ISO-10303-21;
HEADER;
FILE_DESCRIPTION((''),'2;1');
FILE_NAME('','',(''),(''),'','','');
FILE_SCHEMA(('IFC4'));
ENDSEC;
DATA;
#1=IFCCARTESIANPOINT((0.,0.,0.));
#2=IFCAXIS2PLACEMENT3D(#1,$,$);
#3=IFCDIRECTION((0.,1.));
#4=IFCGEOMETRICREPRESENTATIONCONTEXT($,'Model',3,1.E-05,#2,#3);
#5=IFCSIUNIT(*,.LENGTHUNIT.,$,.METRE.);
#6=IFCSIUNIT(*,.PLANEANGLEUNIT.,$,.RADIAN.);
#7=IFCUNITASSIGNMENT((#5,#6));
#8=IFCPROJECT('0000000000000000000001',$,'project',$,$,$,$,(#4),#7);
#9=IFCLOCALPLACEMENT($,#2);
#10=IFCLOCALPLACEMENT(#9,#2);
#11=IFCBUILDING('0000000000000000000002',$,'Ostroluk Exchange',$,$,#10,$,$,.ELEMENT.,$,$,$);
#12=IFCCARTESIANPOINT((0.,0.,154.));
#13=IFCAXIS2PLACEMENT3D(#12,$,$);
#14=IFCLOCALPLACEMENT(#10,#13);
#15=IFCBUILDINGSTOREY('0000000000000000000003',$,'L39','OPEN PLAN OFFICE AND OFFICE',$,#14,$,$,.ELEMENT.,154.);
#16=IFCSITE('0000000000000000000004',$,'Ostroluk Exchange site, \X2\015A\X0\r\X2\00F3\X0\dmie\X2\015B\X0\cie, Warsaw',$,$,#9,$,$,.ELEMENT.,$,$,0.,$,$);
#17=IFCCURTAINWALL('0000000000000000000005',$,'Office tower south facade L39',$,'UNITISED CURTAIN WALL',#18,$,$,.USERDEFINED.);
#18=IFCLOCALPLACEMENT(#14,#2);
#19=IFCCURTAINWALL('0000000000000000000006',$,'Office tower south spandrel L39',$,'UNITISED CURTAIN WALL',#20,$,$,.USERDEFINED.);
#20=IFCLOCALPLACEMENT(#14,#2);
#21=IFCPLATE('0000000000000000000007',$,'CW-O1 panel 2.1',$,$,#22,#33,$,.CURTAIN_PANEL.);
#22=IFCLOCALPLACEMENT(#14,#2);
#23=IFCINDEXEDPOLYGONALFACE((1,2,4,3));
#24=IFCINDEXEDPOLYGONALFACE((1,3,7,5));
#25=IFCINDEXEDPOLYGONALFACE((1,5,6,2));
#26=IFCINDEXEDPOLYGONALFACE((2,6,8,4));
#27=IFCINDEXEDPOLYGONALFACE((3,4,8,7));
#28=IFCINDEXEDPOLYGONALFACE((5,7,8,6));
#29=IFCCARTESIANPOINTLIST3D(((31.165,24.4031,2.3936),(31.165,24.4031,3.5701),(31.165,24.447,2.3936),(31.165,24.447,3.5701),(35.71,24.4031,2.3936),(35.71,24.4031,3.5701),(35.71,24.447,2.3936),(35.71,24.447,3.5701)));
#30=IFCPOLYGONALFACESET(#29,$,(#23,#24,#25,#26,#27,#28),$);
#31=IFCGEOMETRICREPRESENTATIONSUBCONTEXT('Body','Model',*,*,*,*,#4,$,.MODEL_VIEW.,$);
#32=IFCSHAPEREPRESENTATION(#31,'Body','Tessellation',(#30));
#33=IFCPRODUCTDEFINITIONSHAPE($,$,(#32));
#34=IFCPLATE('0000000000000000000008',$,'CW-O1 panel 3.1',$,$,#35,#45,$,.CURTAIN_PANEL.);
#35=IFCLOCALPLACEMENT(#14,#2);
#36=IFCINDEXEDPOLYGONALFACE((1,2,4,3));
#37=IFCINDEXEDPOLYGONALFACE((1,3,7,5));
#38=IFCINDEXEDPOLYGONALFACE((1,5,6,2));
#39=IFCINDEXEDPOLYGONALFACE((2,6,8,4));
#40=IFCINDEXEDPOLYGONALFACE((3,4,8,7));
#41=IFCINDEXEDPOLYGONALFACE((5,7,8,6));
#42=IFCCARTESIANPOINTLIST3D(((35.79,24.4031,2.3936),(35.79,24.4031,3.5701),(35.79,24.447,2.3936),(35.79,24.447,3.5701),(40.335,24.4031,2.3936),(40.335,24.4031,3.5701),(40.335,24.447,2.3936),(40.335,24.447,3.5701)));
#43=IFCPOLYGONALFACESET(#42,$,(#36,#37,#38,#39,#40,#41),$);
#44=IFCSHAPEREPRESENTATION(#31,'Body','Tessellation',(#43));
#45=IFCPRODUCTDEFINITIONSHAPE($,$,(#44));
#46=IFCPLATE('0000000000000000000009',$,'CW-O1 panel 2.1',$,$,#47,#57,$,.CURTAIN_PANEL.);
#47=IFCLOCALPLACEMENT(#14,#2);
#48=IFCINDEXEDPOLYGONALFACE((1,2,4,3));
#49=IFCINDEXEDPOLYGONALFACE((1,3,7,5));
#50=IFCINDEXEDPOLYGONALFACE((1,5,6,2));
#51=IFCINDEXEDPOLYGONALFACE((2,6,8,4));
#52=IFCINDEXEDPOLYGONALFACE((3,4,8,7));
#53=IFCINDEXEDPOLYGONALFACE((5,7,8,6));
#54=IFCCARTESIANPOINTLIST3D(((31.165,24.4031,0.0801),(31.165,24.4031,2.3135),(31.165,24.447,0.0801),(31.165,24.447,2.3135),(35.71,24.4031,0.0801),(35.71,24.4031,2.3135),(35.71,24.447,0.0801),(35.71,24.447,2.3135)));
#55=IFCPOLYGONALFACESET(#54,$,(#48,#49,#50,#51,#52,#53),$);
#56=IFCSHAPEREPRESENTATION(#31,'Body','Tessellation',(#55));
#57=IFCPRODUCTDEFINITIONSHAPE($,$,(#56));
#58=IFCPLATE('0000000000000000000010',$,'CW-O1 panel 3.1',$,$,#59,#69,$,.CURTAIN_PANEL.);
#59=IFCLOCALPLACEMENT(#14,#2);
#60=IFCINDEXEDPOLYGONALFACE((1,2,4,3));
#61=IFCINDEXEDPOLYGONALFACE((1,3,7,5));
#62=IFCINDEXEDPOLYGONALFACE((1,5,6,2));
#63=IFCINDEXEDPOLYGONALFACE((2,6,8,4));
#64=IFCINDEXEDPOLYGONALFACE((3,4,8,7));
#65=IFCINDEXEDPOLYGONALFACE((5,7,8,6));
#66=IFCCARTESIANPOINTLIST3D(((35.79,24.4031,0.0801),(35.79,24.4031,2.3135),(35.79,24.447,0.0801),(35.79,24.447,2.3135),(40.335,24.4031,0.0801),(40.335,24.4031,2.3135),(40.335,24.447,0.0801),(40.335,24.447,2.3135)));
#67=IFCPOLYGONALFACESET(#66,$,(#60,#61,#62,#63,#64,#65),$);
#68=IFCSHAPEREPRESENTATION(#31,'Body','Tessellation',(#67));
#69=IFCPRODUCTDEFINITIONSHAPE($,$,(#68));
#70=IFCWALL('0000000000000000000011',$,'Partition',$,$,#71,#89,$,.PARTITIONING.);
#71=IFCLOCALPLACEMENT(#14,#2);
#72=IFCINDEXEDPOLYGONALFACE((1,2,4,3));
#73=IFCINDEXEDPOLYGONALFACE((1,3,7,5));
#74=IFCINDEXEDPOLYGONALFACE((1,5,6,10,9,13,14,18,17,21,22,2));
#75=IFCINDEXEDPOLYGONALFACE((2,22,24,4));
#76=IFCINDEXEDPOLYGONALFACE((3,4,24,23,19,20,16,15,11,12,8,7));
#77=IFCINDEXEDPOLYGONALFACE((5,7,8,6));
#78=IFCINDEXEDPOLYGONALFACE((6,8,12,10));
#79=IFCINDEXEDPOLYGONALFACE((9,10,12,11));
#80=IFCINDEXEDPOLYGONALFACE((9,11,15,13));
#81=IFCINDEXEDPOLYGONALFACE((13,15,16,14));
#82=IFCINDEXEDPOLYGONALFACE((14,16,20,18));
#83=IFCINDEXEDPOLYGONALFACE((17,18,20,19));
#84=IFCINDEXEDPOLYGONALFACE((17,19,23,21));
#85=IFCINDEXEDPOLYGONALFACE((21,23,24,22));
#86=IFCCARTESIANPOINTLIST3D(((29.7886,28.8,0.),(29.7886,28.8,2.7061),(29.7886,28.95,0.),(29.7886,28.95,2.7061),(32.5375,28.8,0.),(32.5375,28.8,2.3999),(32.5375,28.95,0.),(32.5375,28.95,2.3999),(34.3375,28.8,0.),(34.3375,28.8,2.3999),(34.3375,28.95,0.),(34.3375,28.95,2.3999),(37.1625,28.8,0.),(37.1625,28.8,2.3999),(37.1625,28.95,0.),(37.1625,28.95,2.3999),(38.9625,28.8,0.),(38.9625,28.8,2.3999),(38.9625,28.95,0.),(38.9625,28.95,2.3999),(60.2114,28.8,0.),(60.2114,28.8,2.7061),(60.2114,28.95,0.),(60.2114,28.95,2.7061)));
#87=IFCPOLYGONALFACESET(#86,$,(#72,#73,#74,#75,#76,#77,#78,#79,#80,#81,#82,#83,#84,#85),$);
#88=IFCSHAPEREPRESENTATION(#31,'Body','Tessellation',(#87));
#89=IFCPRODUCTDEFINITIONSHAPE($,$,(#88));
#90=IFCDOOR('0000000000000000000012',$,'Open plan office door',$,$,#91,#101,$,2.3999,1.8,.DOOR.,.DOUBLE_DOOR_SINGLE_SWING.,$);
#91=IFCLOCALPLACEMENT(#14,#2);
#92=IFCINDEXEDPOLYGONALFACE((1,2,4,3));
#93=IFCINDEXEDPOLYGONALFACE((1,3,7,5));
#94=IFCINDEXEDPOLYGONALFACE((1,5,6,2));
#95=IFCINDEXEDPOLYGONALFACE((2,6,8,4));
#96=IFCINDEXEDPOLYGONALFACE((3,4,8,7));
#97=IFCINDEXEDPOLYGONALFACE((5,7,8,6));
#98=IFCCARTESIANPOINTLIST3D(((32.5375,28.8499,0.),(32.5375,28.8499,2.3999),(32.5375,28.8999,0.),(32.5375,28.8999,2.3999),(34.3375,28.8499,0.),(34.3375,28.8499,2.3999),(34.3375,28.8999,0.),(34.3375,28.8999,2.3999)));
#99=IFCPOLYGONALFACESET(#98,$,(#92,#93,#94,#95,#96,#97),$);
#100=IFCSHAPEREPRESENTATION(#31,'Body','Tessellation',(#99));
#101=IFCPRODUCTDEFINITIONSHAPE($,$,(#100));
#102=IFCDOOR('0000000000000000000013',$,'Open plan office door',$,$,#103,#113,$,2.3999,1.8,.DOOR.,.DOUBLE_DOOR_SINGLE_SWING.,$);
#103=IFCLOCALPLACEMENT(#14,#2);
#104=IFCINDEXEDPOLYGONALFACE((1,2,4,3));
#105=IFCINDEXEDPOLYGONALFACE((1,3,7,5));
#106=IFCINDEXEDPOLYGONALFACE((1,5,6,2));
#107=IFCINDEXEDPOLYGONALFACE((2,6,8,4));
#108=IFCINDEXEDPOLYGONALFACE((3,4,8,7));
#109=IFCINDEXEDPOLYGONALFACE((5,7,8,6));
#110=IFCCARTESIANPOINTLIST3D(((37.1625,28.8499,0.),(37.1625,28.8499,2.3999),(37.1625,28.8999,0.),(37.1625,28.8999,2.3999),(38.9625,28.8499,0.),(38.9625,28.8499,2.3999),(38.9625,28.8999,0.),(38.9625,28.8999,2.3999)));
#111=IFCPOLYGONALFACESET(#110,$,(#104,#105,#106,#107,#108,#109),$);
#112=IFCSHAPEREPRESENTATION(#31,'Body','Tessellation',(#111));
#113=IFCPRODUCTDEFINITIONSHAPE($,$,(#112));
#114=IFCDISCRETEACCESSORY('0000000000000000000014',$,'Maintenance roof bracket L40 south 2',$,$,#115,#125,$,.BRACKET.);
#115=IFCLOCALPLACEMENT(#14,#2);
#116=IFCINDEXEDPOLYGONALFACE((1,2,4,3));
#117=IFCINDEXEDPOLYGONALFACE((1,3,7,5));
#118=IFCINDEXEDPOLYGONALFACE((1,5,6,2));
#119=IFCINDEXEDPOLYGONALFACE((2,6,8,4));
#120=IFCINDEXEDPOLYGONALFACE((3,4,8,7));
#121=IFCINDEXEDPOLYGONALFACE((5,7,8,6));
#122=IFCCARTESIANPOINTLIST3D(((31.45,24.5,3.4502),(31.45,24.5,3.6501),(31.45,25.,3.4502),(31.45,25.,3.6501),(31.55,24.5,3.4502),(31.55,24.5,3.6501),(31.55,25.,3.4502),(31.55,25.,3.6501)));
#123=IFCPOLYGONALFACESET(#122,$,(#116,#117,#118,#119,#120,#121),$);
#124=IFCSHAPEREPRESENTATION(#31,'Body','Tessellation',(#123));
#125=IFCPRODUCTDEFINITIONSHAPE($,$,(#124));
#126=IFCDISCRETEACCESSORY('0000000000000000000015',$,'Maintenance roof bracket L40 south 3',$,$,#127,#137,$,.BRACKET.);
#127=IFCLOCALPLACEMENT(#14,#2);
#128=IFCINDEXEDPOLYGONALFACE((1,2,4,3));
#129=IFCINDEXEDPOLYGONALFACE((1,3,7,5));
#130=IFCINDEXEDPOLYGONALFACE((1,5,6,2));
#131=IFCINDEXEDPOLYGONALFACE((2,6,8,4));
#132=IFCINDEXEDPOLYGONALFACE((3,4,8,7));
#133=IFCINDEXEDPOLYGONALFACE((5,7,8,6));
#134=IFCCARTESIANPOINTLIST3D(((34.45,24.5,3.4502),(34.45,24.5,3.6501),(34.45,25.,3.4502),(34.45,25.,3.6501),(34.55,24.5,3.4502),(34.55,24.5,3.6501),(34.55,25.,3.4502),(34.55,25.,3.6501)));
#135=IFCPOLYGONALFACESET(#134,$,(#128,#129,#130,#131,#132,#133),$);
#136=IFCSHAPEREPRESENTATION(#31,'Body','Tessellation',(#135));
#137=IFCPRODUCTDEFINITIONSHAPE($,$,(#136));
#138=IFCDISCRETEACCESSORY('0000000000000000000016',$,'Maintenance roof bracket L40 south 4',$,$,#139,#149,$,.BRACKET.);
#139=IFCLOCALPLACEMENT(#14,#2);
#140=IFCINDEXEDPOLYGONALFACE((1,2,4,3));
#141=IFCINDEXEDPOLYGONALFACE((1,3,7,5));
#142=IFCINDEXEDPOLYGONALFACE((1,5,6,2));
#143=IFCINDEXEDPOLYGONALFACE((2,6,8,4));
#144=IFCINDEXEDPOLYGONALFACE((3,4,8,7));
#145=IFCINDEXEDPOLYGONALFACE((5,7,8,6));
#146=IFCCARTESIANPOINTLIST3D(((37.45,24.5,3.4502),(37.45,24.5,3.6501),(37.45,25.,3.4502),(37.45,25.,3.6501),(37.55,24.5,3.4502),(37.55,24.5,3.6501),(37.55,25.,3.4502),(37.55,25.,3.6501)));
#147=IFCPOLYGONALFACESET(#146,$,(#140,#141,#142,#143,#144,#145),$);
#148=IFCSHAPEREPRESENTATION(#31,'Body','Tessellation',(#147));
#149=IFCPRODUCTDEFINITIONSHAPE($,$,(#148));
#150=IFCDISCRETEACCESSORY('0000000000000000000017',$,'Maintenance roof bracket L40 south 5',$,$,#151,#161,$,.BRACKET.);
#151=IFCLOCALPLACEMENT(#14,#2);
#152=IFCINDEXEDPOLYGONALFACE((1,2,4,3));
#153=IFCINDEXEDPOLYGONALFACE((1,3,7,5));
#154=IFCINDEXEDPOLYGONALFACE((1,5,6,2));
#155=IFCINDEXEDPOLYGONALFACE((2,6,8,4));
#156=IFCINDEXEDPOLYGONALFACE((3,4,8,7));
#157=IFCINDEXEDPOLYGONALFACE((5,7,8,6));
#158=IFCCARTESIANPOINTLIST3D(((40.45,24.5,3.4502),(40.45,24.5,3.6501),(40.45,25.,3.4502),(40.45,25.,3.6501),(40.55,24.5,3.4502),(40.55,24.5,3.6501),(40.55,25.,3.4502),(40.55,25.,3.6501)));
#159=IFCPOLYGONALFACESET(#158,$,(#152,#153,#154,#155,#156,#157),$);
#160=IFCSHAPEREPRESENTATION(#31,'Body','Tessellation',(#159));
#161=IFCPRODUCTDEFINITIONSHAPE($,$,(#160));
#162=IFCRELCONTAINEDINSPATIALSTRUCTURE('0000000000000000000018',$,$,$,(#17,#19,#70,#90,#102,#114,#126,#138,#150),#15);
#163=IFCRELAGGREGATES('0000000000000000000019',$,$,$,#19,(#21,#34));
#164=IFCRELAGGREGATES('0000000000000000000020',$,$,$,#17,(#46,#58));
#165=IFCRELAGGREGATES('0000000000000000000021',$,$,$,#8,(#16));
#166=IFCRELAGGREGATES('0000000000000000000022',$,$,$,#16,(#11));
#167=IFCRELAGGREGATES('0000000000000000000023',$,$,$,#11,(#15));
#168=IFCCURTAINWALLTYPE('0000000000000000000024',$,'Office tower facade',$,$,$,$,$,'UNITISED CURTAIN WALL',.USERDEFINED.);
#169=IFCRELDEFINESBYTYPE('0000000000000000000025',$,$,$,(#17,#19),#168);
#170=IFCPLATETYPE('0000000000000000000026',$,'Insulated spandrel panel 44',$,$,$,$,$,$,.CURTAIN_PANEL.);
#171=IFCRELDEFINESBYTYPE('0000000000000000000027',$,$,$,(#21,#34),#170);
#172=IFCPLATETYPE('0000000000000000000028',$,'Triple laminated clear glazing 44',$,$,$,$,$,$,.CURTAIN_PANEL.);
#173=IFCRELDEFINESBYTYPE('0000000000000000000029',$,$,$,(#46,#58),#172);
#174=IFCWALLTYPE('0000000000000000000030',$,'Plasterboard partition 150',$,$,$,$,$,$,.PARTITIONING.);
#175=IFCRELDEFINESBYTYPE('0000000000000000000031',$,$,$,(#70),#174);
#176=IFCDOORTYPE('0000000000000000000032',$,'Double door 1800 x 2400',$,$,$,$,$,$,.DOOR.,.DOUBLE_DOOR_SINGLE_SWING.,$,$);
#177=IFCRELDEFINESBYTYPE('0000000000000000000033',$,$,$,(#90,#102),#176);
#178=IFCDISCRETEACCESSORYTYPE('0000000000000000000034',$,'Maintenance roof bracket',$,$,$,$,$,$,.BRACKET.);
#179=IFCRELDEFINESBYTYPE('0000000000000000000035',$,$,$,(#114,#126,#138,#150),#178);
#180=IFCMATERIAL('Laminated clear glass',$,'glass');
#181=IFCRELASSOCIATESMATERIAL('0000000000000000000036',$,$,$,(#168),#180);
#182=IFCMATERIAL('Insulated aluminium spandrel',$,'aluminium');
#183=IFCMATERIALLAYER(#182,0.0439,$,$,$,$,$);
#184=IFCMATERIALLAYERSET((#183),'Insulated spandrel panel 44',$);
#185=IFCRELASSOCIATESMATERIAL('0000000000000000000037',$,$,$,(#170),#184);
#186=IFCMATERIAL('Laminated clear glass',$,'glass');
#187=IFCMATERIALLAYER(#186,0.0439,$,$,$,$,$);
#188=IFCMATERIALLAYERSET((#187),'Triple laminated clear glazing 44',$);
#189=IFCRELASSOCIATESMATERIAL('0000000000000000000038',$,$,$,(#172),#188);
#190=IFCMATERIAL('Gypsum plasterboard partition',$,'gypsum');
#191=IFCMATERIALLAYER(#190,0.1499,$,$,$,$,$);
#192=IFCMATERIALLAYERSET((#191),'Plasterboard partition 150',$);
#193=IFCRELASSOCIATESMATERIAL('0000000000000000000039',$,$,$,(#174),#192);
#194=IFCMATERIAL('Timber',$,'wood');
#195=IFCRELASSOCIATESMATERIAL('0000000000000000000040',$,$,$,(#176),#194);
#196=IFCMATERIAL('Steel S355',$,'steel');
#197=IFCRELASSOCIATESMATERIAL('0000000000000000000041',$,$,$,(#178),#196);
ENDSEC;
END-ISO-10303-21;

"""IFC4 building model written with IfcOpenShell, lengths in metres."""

from ifc_helpers import new_model, si_unit, direction, frame, frame_2d, origin, origin_2d, place, context, subcontext, project, spatial, rectangle, extrude, material, layer, layer_set, type_object, element, fill, aggregate, save


model = new_model("IFC4")

# Units and contexts
model_context = context("Model", 3, precision=1e-05, world=origin(), true_north=direction((0.0, 1.0)))
body_context = subcontext(model_context, "Body", "Model", "MODEL_VIEW")
ifc_project = project(units=[si_unit("LENGTHUNIT", "METRE"), si_unit("PLANEANGLEUNIT", "RADIAN")], contexts=[model_context])

# Site, building, storey
site_placement = place(None, origin())
site = spatial("IfcSite", under=ifc_project, at=site_placement, Name="Ostroluk Exchange site, Śródmieście, Warsaw", CompositionType="ELEMENT", RefElevation=0.0)
building_placement = place(site_placement, origin())
building = spatial("IfcBuilding", under=site, at=building_placement, Name="Ostroluk Exchange", CompositionType="ELEMENT")
storey_placement = place(building_placement, frame((0.0, 0.0, 154.0)))
storey = spatial("IfcBuildingStorey", under=building, at=storey_placement, Name="L39", Description="OPEN PLAN OFFICE AND OFFICE", CompositionType="ELEMENT", Elevation=154.0)

# Curtain walls
ifc_material_1 = material(Name="Laminated clear glass", Category="glass")
curtain_wall_type = type_object("IfcCurtainWallType", Name="Office tower facade", ElementType="UNITISED CURTAIN WALL", PredefinedType="USERDEFINED", material=ifc_material_1)
curtain_wall_1_placement = place(storey_placement, origin())
curtain_wall_1 = element("IfcCurtainWall", 1, at=curtain_wall_1_placement, inside=storey, type_object=curtain_wall_type, Name="Office tower south facade L39", ObjectType="UNITISED CURTAIN WALL", PredefinedType="USERDEFINED")
curtain_wall_2_placement = place(storey_placement, origin())
curtain_wall_2 = element("IfcCurtainWall", 2, at=curtain_wall_2_placement, inside=storey, type_object=curtain_wall_type, Name="Office tower south spandrel L39", ObjectType="UNITISED CURTAIN WALL", PredefinedType="USERDEFINED")

# Plates
ifc_material_2 = material(Name="Insulated aluminium spandrel", Category="aluminium")
ifc_layer_1 = layer(ifc_material_2, 0.0439)
ifc_layer_set_1 = layer_set([ifc_layer_1], Name="Insulated spandrel panel 44")
plate_type_1 = type_object("IfcPlateType", Name="Insulated spandrel panel 44", PredefinedType="CURTAIN_PANEL", material=ifc_layer_set_1)
plate_1_placement = place(storey_placement, frame((33.4375, 24.425, 2.3936), z_axis=(0.0, 0.0, 1.0), x_axis=(1.0, 0.0, 0.0)))
plate_1 = element("IfcPlate", 3, at=plate_1_placement, type_object=plate_type_1, Name="CW-O1 panel 2.1", PredefinedType="CURTAIN_PANEL", context=body_context, shape_type="SweptSolid", body=[
    extrude(rectangle(XDim=4.5449, YDim=0.0439, at=origin_2d()), origin(), (0.0, 0.0, 1.0), 1.1765),
])
plate_2_placement = place(storey_placement, frame((38.0625, 24.425, 2.3936), z_axis=(0.0, 0.0, 1.0), x_axis=(1.0, 0.0, 0.0)))
plate_2 = element("IfcPlate", 4, at=plate_2_placement, type_object=plate_type_1, Name="CW-O1 panel 3.1", PredefinedType="CURTAIN_PANEL", context=body_context, shape_type="SweptSolid", body=[
    extrude(rectangle(XDim=4.5449, YDim=0.0439, at=origin_2d()), origin(), (0.0, 0.0, 1.0), 1.1765),
])
aggregate(curtain_wall_2, [plate_1, plate_2])
ifc_material_3 = material(Name="Laminated clear glass", Category="glass")
ifc_layer_2 = layer(ifc_material_3, 0.0439)
ifc_layer_set_2 = layer_set([ifc_layer_2], Name="Triple laminated clear glazing 44")
plate_type_2 = type_object("IfcPlateType", Name="Triple laminated clear glazing 44", PredefinedType="CURTAIN_PANEL", material=ifc_layer_set_2)
plate_3_placement = place(storey_placement, frame((33.4375, 24.425, 0.0801), z_axis=(0.0, 0.0, 1.0), x_axis=(1.0, 0.0, 0.0)))
plate_3 = element("IfcPlate", 5, at=plate_3_placement, type_object=plate_type_2, Name="CW-O1 panel 2.1", PredefinedType="CURTAIN_PANEL", context=body_context, shape_type="SweptSolid", body=[
    extrude(rectangle(XDim=4.5449, YDim=0.0439, at=origin_2d()), origin(), (0.0, 0.0, 1.0), 2.2334),
])
plate_4_placement = place(storey_placement, frame((38.0625, 24.425, 0.0801), z_axis=(0.0, 0.0, 1.0), x_axis=(1.0, 0.0, 0.0)))
plate_4 = element("IfcPlate", 6, at=plate_4_placement, type_object=plate_type_2, Name="CW-O1 panel 3.1", PredefinedType="CURTAIN_PANEL", context=body_context, shape_type="SweptSolid", body=[
    extrude(rectangle(XDim=4.5449, YDim=0.0439, at=origin_2d()), origin(), (0.0, 0.0, 1.0), 2.2334),
])
aggregate(curtain_wall_1, [plate_3, plate_4])

# Wall, openings, doors
ifc_material_4 = material(Name="Gypsum plasterboard partition", Category="gypsum")
ifc_layer_3 = layer(ifc_material_4, 0.1499)
ifc_layer_set_3 = layer_set([ifc_layer_3], Name="Plasterboard partition 150")
wall_type = type_object("IfcWallType", Name="Plasterboard partition 150", PredefinedType="PARTITIONING", material=ifc_layer_set_3)
wall_placement = place(storey_placement, frame((29.7886, 28.875, 0.0), z_axis=(0.0, 0.0, 1.0), x_axis=(1.0, 0.0, 0.0)))
wall = element("IfcWall", 7, at=wall_placement, inside=storey, type_object=wall_type, Name="Partition", PredefinedType="PARTITIONING", context=body_context, shape_type="SweptSolid", body=[
    extrude(rectangle(XDim=30.4229, YDim=0.1499, at=frame_2d((15.2114, 0.0))), origin(), (0.0, 0.0, 1.0), 2.7061),
])
opening_1_placement = place(wall_placement, frame((2.749, 0.0, 0.0)))
opening_1 = element("IfcOpeningElement", 8, at=opening_1_placement, cuts=wall, PredefinedType="OPENING", context=body_context, shape_type="SweptSolid", body=[
    extrude(rectangle(XDim=1.8, YDim=2.3999, at=frame_2d((0.8999, 1.2))), frame((0.0, 0.085, 0.0), z_axis=(0.0, -1.0, 0.0), x_axis=(1.0, 0.0, 0.0)), (0.0, 0.0, 1.0), 0.1699),
])
opening_2_placement = place(wall_placement, frame((7.374, 0.0, 0.0)))
opening_2 = element("IfcOpeningElement", 9, at=opening_2_placement, cuts=wall, PredefinedType="OPENING", context=body_context, shape_type="SweptSolid", body=[
    extrude(rectangle(XDim=1.8, YDim=2.3999, at=frame_2d((0.8999, 1.2))), frame((0.0, 0.085, 0.0), z_axis=(0.0, -1.0, 0.0), x_axis=(1.0, 0.0, 0.0)), (0.0, 0.0, 1.0), 0.1699),
])
ifc_material_5 = material(Name="Timber", Category="wood")
door_type = type_object("IfcDoorType", Name="Double door 1800 x 2400", OperationType="DOUBLE_DOOR_SINGLE_SWING", PredefinedType="DOOR", material=ifc_material_5)
door_1_placement = place(opening_1_placement, origin())
door_1 = element("IfcDoor", 10, at=door_1_placement, inside=storey, type_object=door_type, Name="Open plan office door", OperationType="DOUBLE_DOOR_SINGLE_SWING", OverallHeight=2.3999, OverallWidth=1.8, PredefinedType="DOOR", context=body_context, shape_type="SweptSolid", body=[
    extrude(rectangle(XDim=1.8, YDim=2.3999, at=frame_2d((0.8999, 1.2))), frame((0.0, 0.0249, 0.0), z_axis=(0.0, -1.0, 0.0), x_axis=(1.0, 0.0, 0.0)), (0.0, 0.0, 1.0), 0.05),
])
fill(opening_1, door_1)
door_2_placement = place(opening_2_placement, origin())
door_2 = element("IfcDoor", 11, at=door_2_placement, inside=storey, type_object=door_type, Name="Open plan office door", OperationType="DOUBLE_DOOR_SINGLE_SWING", OverallHeight=2.3999, OverallWidth=1.8, PredefinedType="DOOR", context=body_context, shape_type="SweptSolid", body=[
    extrude(rectangle(XDim=1.8, YDim=2.3999, at=frame_2d((0.8999, 1.2))), frame((0.0, 0.0249, 0.0), z_axis=(0.0, -1.0, 0.0), x_axis=(1.0, 0.0, 0.0)), (0.0, 0.0, 1.0), 0.05),
])
fill(opening_2, door_2)

# Discrete accessories
ifc_material_6 = material(Name="Steel S355", Category="steel")
discrete_accessory_type = type_object("IfcDiscreteAccessoryType", Name="Maintenance roof bracket", PredefinedType="BRACKET", material=ifc_material_6)
for number, where, z_axis, x_axis, name in (
    (12, (31.5, 24.75, 3.4502), (0.0, 0.0, 1.0), (1.0, 0.0, 0.0), "Maintenance roof bracket L40 south 2"),
    (13, (34.5, 24.75, 3.4502), (0.0, 0.0, 1.0), (1.0, 0.0, 0.0), "Maintenance roof bracket L40 south 3"),
    (14, (37.5, 24.75, 3.4502), (0.0, 0.0, 1.0), (1.0, 0.0, 0.0), "Maintenance roof bracket L40 south 4"),
    (15, (40.5, 24.75, 3.4502), (0.0, 0.0, 1.0), (1.0, 0.0, 0.0), "Maintenance roof bracket L40 south 5"),
):
    element("IfcDiscreteAccessory", number, at=place(storey_placement, frame(where, z_axis=z_axis, x_axis=x_axis)), inside=storey, type_object=discrete_accessory_type, Name=name, PredefinedType="BRACKET", context=body_context, shape_type="SweptSolid", body=[
        extrude(rectangle(XDim=0.1001, YDim=0.5, at=origin_2d()), origin(), (0.0, 0.0, 1.0), 0.2),
    ])

save(model, "model.ifc")
